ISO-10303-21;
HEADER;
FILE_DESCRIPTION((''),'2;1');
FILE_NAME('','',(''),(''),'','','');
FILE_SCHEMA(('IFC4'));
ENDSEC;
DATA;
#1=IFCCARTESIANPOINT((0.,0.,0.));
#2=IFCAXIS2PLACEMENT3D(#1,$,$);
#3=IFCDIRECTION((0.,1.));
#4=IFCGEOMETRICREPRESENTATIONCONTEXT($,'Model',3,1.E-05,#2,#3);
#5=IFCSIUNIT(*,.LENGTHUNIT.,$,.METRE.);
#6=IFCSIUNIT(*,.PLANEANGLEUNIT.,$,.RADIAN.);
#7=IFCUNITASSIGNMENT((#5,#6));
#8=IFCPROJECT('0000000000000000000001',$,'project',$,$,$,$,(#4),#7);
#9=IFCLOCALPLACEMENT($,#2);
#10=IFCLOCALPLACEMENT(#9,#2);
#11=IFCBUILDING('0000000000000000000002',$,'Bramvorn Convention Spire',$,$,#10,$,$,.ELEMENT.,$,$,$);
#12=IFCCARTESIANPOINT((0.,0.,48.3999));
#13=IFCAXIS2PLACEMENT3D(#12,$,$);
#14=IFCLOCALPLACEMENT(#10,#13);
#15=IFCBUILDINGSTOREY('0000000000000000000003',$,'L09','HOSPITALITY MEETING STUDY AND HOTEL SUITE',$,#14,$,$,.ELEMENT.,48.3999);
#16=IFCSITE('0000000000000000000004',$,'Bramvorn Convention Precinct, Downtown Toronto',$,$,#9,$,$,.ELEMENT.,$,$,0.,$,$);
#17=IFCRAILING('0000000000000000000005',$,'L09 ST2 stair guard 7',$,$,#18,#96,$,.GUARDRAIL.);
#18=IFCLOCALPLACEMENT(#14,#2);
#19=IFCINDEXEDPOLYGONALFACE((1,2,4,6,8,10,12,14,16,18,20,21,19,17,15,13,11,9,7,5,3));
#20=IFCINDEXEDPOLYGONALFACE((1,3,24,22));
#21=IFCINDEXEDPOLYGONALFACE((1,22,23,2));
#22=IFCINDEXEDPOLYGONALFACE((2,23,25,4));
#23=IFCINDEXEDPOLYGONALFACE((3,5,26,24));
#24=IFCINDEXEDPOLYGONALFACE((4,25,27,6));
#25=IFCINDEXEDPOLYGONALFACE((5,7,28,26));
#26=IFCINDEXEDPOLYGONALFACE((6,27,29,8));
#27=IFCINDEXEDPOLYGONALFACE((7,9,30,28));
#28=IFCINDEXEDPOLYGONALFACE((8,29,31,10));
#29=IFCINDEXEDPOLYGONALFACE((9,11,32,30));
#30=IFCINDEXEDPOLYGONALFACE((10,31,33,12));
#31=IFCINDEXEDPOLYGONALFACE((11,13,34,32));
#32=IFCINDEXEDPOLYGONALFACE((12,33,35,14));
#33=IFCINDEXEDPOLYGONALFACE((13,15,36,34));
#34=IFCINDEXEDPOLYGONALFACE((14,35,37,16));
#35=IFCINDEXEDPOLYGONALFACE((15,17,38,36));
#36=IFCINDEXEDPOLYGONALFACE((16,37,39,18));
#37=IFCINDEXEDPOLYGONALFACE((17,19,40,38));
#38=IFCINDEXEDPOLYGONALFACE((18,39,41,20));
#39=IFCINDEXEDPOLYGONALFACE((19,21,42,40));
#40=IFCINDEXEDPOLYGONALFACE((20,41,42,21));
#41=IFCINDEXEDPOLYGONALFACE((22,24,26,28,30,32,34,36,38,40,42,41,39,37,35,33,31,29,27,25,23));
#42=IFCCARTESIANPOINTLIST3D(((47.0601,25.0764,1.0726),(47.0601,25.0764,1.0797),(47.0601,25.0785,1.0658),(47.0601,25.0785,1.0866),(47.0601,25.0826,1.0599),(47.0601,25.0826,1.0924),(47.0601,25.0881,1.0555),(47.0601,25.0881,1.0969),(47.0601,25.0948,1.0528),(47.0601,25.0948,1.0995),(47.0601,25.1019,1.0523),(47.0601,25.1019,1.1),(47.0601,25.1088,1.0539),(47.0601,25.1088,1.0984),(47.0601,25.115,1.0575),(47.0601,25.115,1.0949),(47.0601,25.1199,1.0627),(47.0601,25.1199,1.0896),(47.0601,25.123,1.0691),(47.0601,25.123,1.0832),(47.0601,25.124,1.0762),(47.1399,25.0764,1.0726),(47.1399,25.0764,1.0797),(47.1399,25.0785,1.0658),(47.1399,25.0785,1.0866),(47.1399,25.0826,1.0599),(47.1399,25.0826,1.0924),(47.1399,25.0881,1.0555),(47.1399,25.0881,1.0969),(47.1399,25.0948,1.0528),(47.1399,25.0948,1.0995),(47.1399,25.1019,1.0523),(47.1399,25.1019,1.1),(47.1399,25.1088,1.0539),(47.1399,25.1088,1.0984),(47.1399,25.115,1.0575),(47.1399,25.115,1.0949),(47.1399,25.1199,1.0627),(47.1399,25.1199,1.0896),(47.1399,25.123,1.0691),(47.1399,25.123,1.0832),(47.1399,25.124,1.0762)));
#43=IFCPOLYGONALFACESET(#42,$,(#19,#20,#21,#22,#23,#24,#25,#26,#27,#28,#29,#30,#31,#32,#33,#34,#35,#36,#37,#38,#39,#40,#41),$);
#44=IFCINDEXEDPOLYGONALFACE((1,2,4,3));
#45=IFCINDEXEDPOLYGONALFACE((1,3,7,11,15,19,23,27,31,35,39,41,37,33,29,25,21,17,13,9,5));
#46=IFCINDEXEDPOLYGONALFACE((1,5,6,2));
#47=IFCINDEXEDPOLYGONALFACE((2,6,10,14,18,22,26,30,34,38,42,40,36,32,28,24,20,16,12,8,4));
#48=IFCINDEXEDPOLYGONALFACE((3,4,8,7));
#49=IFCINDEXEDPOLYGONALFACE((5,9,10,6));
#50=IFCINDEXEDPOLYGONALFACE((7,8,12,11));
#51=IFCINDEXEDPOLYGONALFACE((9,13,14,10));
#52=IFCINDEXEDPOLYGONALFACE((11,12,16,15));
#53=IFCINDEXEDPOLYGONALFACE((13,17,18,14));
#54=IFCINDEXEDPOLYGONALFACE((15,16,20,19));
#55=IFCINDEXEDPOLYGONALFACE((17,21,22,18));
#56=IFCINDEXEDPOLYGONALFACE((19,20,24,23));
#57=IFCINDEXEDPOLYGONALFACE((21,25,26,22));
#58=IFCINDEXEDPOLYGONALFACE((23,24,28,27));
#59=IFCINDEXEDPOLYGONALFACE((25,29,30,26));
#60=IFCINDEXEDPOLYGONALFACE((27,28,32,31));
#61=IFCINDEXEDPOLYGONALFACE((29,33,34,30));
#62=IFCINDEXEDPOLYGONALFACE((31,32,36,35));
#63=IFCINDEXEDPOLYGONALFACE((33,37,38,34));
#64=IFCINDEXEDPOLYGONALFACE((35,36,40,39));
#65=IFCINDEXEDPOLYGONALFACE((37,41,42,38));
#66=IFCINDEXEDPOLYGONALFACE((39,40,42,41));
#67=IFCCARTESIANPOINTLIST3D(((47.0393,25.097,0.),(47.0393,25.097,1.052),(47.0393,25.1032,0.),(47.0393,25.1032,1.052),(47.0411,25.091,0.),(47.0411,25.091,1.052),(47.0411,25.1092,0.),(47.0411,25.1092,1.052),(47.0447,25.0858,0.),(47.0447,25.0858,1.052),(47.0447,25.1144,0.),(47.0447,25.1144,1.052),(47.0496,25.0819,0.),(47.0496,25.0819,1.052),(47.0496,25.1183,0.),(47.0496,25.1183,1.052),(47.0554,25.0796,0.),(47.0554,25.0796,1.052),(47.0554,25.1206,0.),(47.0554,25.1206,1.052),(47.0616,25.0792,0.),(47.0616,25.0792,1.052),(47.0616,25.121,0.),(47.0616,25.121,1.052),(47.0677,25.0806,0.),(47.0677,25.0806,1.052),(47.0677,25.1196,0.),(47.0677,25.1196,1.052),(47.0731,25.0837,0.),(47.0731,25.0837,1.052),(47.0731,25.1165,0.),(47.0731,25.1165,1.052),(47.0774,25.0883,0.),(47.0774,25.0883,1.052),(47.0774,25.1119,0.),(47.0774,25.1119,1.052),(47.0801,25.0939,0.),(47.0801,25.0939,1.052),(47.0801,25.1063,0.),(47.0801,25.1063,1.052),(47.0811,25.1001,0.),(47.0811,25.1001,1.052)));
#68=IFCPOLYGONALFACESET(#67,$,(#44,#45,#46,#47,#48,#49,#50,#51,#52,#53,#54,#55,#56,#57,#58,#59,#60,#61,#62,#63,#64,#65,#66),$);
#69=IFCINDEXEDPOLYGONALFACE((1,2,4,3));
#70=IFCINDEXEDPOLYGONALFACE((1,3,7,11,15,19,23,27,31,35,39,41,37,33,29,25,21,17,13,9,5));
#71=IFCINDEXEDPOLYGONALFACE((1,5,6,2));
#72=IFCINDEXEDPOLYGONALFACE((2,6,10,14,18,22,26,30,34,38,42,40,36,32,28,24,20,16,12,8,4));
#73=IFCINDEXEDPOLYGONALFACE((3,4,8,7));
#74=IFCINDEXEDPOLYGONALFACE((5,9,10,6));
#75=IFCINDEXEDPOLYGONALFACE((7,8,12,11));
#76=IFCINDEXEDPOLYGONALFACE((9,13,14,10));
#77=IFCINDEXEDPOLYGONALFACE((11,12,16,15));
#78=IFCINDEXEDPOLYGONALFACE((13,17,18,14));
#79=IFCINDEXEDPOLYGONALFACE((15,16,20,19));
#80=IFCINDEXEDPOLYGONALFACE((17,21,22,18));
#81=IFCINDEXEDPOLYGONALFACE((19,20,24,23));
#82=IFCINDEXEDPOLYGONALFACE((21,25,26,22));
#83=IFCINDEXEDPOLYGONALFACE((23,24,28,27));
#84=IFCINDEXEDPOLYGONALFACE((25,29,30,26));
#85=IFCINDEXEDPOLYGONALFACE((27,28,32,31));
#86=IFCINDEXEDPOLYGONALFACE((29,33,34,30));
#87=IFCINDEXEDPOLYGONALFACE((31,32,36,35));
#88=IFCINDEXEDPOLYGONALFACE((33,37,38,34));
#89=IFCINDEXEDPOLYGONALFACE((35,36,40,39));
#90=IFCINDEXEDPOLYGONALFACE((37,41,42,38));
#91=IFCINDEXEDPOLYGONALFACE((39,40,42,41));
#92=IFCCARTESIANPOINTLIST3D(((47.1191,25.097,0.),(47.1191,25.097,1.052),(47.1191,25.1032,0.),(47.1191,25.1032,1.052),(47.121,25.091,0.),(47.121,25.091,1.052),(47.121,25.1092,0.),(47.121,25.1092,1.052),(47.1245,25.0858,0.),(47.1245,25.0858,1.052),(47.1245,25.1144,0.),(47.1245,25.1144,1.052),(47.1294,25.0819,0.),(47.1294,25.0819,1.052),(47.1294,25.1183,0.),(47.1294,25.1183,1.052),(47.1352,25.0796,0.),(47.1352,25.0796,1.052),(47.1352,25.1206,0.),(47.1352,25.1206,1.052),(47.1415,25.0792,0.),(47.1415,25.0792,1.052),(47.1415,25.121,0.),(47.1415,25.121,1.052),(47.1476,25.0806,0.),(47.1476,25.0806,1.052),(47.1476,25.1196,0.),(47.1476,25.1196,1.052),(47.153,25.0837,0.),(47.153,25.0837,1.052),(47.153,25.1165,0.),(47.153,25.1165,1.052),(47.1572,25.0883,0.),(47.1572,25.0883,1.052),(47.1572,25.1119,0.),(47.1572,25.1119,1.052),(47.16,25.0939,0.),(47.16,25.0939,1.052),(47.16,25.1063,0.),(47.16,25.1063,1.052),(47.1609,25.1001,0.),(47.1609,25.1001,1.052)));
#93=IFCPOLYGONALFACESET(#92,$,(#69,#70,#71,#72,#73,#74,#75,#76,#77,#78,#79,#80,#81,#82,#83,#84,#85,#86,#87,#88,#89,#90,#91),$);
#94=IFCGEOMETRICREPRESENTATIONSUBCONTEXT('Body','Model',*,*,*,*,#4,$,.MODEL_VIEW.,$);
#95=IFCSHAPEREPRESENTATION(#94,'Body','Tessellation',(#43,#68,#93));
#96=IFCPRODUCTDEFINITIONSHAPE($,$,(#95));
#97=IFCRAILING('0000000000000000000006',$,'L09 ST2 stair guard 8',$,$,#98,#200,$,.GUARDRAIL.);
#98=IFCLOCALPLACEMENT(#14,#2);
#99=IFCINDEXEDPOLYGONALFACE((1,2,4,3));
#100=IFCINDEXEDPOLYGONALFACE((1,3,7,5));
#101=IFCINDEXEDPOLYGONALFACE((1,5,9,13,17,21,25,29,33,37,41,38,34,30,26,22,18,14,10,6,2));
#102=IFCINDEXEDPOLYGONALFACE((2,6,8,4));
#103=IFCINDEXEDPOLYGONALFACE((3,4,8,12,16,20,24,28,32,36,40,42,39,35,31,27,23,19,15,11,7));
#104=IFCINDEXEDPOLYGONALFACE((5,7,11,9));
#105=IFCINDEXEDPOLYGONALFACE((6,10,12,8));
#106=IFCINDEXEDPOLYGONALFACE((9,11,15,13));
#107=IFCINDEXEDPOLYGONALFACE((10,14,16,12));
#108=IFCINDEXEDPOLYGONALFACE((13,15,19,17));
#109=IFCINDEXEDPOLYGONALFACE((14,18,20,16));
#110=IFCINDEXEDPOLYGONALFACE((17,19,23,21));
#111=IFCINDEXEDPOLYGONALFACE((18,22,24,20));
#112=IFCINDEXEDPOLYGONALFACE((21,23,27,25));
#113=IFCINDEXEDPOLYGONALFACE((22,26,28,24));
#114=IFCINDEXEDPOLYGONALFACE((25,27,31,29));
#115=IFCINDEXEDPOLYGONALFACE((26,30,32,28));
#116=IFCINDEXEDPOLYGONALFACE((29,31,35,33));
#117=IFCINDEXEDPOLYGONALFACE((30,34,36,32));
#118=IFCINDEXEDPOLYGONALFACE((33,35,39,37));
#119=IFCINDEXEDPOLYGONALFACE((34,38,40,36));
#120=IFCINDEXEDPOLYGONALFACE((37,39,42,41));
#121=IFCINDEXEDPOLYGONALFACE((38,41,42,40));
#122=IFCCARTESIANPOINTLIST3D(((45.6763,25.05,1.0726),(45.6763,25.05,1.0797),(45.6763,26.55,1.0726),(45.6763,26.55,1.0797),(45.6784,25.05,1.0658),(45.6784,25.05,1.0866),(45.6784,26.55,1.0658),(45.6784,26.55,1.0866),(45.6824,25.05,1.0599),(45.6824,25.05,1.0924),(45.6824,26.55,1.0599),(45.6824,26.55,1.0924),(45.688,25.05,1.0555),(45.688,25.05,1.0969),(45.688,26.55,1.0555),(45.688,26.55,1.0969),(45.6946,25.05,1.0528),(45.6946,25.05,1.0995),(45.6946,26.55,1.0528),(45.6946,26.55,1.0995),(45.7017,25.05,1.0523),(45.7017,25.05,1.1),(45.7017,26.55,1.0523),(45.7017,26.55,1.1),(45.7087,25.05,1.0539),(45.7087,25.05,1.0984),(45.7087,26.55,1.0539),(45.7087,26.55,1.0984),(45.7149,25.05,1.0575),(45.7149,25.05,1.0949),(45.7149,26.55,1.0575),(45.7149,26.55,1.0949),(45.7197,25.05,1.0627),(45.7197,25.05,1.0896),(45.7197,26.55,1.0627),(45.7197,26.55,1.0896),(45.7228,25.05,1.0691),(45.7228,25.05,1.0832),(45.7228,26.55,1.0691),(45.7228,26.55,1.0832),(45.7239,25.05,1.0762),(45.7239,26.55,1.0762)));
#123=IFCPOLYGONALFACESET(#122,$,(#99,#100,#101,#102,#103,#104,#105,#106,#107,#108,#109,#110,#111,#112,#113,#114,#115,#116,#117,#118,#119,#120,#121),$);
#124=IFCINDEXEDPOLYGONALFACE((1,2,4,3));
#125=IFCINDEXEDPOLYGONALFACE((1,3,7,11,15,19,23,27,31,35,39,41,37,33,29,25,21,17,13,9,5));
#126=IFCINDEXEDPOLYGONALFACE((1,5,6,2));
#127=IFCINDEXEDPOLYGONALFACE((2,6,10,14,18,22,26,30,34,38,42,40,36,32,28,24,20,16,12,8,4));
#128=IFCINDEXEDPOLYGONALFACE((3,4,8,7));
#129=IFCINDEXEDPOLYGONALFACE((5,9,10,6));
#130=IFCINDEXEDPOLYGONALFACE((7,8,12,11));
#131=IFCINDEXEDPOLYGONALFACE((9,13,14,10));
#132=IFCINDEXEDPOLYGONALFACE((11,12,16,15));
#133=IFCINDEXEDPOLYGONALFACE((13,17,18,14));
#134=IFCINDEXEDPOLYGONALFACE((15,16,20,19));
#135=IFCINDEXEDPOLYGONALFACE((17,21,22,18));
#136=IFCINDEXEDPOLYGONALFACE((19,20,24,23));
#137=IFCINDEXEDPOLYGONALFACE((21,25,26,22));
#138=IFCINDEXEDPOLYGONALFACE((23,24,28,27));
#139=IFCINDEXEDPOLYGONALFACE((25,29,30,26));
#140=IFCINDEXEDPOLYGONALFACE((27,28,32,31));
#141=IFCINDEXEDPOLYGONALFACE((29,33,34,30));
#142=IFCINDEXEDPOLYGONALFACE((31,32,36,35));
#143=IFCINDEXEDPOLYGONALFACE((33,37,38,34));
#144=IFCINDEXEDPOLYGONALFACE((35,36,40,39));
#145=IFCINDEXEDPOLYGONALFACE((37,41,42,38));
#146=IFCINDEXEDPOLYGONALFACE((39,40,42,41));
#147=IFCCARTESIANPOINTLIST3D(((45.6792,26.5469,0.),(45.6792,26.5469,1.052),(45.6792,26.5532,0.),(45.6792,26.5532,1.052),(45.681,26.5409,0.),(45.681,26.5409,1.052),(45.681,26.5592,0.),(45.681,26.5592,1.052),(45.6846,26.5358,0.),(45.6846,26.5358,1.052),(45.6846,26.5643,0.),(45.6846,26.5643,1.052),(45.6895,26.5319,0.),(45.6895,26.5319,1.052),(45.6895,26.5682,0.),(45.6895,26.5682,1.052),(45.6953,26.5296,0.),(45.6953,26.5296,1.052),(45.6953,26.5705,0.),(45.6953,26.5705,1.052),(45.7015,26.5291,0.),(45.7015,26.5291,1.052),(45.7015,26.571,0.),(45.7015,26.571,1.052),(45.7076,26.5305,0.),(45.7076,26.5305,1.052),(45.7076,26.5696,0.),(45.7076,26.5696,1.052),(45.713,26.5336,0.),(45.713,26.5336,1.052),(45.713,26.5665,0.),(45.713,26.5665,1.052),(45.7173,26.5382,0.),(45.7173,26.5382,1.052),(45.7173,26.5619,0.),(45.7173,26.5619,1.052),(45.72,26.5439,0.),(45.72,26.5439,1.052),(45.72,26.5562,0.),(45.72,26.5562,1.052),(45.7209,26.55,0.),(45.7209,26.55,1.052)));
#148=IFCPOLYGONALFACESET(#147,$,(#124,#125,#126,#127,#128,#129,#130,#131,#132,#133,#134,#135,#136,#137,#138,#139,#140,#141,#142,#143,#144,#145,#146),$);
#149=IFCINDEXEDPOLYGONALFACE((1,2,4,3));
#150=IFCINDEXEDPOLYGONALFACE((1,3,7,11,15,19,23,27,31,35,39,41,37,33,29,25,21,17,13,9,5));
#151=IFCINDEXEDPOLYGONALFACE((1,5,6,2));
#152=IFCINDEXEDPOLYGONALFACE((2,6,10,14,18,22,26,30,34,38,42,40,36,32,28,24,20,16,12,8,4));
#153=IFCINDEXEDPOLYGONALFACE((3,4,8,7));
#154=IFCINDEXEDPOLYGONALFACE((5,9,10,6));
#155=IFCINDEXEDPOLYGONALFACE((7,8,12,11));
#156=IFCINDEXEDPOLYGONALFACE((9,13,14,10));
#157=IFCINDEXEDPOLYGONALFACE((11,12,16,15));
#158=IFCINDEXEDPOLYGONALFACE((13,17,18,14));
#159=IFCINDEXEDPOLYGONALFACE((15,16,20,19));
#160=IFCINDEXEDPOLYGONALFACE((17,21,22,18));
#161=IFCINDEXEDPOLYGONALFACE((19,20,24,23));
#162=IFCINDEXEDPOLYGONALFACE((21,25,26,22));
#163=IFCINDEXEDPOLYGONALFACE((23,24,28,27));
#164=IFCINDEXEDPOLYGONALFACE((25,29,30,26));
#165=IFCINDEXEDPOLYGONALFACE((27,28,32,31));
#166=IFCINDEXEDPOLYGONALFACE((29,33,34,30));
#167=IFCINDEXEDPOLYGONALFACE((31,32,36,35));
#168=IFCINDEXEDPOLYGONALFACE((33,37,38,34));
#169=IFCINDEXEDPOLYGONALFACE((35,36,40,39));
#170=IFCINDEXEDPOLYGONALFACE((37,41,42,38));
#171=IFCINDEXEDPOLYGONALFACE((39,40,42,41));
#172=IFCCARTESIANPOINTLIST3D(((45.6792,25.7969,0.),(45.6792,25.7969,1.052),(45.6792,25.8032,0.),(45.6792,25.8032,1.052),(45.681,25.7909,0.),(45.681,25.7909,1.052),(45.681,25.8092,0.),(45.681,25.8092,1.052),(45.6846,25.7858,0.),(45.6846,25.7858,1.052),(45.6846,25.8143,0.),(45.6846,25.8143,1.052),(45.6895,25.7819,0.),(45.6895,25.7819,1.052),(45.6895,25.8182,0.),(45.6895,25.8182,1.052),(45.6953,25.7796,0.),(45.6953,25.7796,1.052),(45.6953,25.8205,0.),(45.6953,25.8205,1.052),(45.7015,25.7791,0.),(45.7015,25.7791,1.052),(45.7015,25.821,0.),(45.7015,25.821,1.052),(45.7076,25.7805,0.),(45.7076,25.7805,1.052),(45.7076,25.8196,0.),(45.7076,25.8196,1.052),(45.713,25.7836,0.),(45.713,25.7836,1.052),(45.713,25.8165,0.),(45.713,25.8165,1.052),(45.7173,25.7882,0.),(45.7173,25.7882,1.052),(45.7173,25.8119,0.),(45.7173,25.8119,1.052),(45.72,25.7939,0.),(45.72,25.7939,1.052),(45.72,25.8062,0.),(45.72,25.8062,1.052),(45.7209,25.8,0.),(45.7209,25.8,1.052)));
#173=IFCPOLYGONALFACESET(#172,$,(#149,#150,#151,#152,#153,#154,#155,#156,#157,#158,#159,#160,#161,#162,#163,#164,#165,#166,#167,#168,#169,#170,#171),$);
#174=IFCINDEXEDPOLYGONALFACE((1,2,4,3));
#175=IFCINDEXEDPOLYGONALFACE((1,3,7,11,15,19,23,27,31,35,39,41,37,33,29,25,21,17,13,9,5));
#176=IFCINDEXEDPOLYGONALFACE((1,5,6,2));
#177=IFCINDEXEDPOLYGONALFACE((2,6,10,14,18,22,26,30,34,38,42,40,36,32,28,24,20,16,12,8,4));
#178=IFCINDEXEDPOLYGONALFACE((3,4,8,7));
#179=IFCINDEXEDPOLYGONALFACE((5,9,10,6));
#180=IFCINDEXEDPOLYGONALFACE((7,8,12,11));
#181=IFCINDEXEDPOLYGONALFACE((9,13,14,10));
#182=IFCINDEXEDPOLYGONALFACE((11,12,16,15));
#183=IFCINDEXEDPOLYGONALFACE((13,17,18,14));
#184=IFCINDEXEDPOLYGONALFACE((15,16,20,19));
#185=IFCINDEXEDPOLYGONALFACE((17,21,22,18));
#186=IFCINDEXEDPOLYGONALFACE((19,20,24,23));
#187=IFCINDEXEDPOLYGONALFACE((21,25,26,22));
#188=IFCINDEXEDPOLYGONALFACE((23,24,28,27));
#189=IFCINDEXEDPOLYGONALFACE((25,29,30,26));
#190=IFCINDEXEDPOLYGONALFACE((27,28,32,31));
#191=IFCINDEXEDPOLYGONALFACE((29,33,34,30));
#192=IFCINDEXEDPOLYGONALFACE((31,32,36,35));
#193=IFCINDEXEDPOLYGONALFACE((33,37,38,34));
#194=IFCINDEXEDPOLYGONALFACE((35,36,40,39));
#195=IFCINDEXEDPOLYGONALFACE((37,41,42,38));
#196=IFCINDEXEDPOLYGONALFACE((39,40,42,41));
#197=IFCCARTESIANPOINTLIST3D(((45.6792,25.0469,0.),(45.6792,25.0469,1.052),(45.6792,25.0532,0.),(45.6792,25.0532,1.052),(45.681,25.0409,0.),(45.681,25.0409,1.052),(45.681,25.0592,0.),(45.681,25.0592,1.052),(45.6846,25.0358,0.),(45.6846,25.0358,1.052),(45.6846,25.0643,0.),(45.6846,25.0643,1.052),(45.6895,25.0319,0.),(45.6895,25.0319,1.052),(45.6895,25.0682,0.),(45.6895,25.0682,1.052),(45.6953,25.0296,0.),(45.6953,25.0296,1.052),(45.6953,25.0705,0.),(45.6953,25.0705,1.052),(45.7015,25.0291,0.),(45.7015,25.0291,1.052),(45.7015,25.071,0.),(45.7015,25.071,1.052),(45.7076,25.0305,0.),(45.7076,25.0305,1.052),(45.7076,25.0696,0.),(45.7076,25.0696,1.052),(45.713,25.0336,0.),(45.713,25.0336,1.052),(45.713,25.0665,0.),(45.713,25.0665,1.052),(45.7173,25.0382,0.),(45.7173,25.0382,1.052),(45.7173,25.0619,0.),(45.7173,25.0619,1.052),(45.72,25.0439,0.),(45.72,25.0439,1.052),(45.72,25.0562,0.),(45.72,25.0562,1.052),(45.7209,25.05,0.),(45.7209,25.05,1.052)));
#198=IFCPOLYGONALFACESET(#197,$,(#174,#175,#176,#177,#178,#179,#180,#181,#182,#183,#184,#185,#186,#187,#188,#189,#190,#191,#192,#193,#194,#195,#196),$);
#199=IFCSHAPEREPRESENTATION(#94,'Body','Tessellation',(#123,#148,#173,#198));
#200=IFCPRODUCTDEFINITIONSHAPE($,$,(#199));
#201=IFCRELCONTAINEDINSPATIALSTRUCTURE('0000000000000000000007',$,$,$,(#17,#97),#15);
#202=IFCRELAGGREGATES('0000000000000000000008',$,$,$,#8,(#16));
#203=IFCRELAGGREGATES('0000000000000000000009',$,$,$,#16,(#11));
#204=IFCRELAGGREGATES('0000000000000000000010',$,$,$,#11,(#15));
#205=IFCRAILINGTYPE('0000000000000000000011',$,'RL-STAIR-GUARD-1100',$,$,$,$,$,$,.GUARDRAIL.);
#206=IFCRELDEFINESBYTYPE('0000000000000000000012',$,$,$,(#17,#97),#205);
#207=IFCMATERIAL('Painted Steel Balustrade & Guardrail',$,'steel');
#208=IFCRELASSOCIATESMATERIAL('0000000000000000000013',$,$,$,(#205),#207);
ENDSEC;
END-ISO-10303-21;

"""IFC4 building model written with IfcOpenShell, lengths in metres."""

from ifc_helpers import new_model, si_unit, direction, frame, origin, origin_2d, place, context, subcontext, project, spatial, circle, extrude, material, type_object, element, save


model = new_model("IFC4")

# Units and contexts
model_context = context("Model", 3, precision=1e-05, world=origin(), true_north=direction((0.0, 1.0)))
body_context = subcontext(model_context, "Body", "Model", "MODEL_VIEW")
ifc_project = project(units=[si_unit("LENGTHUNIT", "METRE"), si_unit("PLANEANGLEUNIT", "RADIAN")], contexts=[model_context])

# Site, building, storey
site_placement = place(None, origin())
site = spatial("IfcSite", under=ifc_project, at=site_placement, Name="Bramvorn Convention Precinct, Downtown Toronto", CompositionType="ELEMENT", RefElevation=0.0)
building_placement = place(site_placement, origin())
building = spatial("IfcBuilding", under=site, at=building_placement, Name="Bramvorn Convention Spire", CompositionType="ELEMENT")
storey_placement = place(building_placement, frame((0.0, 0.0, 48.3999)))
storey = spatial("IfcBuildingStorey", under=building, at=storey_placement, Name="L09", Description="HOSPITALITY MEETING STUDY AND HOTEL SUITE", CompositionType="ELEMENT", Elevation=48.3999)

# Railings
ifc_material_1 = material(Name="Painted Steel Balustrade & Guardrail", Category="steel")
railing_type_1 = type_object("IfcRailingType", Name="RL-STAIR-GUARD-1100", PredefinedType="GUARDRAIL", material=ifc_material_1)
railing_1_placement = place(storey_placement, frame((47.0601, 25.1001, 0.0)))
element("IfcRailing", 1, at=railing_1_placement, inside=storey, type_object=railing_type_1, Name="L09 ST2 stair guard 7", PredefinedType="GUARDRAIL", context=body_context, shape_type="SweptSolid", body=[
    extrude(circle(Radius=0.0239, at=origin_2d()), frame((0.0, 0.0, 1.0762), z_axis=(1.0, 0.0, 0.0), x_axis=(0.0, 1.0, 0.0)), (0.0, 0.0, 1.0), 0.0798),
    extrude(circle(Radius=0.021, at=origin_2d()), origin(), (0.0, 0.0, 1.0), 1.052),
    extrude(circle(Radius=0.021, at=origin_2d()), frame((0.0798, 0.0, 0.0)), (0.0, 0.0, 1.0), 1.052),
])
railing_2_placement = place(storey_placement, frame((45.7, 26.55, 0.0)))
element("IfcRailing", 2, at=railing_2_placement, inside=storey, type_object=railing_type_1, Name="L09 ST2 stair guard 8", PredefinedType="GUARDRAIL", context=body_context, shape_type="SweptSolid", body=[
    extrude(circle(Radius=0.0239, at=origin_2d()), frame((0.0, 0.0, 1.0762), z_axis=(0.0, -1.0, 0.0), x_axis=(1.0, 0.0, 0.0)), (0.0, 0.0, 1.0), 1.5),
    extrude(circle(Radius=0.021, at=origin_2d()), origin(), (0.0, 0.0, 1.0), 1.052),
    extrude(circle(Radius=0.021, at=origin_2d()), frame((0.0, -0.75, 0.0)), (0.0, 0.0, 1.0), 1.052),
    extrude(circle(Radius=0.021, at=origin_2d()), frame((0.0, -1.5, 0.0)), (0.0, 0.0, 1.0), 1.052),
])

save(model, "model.ifc")
